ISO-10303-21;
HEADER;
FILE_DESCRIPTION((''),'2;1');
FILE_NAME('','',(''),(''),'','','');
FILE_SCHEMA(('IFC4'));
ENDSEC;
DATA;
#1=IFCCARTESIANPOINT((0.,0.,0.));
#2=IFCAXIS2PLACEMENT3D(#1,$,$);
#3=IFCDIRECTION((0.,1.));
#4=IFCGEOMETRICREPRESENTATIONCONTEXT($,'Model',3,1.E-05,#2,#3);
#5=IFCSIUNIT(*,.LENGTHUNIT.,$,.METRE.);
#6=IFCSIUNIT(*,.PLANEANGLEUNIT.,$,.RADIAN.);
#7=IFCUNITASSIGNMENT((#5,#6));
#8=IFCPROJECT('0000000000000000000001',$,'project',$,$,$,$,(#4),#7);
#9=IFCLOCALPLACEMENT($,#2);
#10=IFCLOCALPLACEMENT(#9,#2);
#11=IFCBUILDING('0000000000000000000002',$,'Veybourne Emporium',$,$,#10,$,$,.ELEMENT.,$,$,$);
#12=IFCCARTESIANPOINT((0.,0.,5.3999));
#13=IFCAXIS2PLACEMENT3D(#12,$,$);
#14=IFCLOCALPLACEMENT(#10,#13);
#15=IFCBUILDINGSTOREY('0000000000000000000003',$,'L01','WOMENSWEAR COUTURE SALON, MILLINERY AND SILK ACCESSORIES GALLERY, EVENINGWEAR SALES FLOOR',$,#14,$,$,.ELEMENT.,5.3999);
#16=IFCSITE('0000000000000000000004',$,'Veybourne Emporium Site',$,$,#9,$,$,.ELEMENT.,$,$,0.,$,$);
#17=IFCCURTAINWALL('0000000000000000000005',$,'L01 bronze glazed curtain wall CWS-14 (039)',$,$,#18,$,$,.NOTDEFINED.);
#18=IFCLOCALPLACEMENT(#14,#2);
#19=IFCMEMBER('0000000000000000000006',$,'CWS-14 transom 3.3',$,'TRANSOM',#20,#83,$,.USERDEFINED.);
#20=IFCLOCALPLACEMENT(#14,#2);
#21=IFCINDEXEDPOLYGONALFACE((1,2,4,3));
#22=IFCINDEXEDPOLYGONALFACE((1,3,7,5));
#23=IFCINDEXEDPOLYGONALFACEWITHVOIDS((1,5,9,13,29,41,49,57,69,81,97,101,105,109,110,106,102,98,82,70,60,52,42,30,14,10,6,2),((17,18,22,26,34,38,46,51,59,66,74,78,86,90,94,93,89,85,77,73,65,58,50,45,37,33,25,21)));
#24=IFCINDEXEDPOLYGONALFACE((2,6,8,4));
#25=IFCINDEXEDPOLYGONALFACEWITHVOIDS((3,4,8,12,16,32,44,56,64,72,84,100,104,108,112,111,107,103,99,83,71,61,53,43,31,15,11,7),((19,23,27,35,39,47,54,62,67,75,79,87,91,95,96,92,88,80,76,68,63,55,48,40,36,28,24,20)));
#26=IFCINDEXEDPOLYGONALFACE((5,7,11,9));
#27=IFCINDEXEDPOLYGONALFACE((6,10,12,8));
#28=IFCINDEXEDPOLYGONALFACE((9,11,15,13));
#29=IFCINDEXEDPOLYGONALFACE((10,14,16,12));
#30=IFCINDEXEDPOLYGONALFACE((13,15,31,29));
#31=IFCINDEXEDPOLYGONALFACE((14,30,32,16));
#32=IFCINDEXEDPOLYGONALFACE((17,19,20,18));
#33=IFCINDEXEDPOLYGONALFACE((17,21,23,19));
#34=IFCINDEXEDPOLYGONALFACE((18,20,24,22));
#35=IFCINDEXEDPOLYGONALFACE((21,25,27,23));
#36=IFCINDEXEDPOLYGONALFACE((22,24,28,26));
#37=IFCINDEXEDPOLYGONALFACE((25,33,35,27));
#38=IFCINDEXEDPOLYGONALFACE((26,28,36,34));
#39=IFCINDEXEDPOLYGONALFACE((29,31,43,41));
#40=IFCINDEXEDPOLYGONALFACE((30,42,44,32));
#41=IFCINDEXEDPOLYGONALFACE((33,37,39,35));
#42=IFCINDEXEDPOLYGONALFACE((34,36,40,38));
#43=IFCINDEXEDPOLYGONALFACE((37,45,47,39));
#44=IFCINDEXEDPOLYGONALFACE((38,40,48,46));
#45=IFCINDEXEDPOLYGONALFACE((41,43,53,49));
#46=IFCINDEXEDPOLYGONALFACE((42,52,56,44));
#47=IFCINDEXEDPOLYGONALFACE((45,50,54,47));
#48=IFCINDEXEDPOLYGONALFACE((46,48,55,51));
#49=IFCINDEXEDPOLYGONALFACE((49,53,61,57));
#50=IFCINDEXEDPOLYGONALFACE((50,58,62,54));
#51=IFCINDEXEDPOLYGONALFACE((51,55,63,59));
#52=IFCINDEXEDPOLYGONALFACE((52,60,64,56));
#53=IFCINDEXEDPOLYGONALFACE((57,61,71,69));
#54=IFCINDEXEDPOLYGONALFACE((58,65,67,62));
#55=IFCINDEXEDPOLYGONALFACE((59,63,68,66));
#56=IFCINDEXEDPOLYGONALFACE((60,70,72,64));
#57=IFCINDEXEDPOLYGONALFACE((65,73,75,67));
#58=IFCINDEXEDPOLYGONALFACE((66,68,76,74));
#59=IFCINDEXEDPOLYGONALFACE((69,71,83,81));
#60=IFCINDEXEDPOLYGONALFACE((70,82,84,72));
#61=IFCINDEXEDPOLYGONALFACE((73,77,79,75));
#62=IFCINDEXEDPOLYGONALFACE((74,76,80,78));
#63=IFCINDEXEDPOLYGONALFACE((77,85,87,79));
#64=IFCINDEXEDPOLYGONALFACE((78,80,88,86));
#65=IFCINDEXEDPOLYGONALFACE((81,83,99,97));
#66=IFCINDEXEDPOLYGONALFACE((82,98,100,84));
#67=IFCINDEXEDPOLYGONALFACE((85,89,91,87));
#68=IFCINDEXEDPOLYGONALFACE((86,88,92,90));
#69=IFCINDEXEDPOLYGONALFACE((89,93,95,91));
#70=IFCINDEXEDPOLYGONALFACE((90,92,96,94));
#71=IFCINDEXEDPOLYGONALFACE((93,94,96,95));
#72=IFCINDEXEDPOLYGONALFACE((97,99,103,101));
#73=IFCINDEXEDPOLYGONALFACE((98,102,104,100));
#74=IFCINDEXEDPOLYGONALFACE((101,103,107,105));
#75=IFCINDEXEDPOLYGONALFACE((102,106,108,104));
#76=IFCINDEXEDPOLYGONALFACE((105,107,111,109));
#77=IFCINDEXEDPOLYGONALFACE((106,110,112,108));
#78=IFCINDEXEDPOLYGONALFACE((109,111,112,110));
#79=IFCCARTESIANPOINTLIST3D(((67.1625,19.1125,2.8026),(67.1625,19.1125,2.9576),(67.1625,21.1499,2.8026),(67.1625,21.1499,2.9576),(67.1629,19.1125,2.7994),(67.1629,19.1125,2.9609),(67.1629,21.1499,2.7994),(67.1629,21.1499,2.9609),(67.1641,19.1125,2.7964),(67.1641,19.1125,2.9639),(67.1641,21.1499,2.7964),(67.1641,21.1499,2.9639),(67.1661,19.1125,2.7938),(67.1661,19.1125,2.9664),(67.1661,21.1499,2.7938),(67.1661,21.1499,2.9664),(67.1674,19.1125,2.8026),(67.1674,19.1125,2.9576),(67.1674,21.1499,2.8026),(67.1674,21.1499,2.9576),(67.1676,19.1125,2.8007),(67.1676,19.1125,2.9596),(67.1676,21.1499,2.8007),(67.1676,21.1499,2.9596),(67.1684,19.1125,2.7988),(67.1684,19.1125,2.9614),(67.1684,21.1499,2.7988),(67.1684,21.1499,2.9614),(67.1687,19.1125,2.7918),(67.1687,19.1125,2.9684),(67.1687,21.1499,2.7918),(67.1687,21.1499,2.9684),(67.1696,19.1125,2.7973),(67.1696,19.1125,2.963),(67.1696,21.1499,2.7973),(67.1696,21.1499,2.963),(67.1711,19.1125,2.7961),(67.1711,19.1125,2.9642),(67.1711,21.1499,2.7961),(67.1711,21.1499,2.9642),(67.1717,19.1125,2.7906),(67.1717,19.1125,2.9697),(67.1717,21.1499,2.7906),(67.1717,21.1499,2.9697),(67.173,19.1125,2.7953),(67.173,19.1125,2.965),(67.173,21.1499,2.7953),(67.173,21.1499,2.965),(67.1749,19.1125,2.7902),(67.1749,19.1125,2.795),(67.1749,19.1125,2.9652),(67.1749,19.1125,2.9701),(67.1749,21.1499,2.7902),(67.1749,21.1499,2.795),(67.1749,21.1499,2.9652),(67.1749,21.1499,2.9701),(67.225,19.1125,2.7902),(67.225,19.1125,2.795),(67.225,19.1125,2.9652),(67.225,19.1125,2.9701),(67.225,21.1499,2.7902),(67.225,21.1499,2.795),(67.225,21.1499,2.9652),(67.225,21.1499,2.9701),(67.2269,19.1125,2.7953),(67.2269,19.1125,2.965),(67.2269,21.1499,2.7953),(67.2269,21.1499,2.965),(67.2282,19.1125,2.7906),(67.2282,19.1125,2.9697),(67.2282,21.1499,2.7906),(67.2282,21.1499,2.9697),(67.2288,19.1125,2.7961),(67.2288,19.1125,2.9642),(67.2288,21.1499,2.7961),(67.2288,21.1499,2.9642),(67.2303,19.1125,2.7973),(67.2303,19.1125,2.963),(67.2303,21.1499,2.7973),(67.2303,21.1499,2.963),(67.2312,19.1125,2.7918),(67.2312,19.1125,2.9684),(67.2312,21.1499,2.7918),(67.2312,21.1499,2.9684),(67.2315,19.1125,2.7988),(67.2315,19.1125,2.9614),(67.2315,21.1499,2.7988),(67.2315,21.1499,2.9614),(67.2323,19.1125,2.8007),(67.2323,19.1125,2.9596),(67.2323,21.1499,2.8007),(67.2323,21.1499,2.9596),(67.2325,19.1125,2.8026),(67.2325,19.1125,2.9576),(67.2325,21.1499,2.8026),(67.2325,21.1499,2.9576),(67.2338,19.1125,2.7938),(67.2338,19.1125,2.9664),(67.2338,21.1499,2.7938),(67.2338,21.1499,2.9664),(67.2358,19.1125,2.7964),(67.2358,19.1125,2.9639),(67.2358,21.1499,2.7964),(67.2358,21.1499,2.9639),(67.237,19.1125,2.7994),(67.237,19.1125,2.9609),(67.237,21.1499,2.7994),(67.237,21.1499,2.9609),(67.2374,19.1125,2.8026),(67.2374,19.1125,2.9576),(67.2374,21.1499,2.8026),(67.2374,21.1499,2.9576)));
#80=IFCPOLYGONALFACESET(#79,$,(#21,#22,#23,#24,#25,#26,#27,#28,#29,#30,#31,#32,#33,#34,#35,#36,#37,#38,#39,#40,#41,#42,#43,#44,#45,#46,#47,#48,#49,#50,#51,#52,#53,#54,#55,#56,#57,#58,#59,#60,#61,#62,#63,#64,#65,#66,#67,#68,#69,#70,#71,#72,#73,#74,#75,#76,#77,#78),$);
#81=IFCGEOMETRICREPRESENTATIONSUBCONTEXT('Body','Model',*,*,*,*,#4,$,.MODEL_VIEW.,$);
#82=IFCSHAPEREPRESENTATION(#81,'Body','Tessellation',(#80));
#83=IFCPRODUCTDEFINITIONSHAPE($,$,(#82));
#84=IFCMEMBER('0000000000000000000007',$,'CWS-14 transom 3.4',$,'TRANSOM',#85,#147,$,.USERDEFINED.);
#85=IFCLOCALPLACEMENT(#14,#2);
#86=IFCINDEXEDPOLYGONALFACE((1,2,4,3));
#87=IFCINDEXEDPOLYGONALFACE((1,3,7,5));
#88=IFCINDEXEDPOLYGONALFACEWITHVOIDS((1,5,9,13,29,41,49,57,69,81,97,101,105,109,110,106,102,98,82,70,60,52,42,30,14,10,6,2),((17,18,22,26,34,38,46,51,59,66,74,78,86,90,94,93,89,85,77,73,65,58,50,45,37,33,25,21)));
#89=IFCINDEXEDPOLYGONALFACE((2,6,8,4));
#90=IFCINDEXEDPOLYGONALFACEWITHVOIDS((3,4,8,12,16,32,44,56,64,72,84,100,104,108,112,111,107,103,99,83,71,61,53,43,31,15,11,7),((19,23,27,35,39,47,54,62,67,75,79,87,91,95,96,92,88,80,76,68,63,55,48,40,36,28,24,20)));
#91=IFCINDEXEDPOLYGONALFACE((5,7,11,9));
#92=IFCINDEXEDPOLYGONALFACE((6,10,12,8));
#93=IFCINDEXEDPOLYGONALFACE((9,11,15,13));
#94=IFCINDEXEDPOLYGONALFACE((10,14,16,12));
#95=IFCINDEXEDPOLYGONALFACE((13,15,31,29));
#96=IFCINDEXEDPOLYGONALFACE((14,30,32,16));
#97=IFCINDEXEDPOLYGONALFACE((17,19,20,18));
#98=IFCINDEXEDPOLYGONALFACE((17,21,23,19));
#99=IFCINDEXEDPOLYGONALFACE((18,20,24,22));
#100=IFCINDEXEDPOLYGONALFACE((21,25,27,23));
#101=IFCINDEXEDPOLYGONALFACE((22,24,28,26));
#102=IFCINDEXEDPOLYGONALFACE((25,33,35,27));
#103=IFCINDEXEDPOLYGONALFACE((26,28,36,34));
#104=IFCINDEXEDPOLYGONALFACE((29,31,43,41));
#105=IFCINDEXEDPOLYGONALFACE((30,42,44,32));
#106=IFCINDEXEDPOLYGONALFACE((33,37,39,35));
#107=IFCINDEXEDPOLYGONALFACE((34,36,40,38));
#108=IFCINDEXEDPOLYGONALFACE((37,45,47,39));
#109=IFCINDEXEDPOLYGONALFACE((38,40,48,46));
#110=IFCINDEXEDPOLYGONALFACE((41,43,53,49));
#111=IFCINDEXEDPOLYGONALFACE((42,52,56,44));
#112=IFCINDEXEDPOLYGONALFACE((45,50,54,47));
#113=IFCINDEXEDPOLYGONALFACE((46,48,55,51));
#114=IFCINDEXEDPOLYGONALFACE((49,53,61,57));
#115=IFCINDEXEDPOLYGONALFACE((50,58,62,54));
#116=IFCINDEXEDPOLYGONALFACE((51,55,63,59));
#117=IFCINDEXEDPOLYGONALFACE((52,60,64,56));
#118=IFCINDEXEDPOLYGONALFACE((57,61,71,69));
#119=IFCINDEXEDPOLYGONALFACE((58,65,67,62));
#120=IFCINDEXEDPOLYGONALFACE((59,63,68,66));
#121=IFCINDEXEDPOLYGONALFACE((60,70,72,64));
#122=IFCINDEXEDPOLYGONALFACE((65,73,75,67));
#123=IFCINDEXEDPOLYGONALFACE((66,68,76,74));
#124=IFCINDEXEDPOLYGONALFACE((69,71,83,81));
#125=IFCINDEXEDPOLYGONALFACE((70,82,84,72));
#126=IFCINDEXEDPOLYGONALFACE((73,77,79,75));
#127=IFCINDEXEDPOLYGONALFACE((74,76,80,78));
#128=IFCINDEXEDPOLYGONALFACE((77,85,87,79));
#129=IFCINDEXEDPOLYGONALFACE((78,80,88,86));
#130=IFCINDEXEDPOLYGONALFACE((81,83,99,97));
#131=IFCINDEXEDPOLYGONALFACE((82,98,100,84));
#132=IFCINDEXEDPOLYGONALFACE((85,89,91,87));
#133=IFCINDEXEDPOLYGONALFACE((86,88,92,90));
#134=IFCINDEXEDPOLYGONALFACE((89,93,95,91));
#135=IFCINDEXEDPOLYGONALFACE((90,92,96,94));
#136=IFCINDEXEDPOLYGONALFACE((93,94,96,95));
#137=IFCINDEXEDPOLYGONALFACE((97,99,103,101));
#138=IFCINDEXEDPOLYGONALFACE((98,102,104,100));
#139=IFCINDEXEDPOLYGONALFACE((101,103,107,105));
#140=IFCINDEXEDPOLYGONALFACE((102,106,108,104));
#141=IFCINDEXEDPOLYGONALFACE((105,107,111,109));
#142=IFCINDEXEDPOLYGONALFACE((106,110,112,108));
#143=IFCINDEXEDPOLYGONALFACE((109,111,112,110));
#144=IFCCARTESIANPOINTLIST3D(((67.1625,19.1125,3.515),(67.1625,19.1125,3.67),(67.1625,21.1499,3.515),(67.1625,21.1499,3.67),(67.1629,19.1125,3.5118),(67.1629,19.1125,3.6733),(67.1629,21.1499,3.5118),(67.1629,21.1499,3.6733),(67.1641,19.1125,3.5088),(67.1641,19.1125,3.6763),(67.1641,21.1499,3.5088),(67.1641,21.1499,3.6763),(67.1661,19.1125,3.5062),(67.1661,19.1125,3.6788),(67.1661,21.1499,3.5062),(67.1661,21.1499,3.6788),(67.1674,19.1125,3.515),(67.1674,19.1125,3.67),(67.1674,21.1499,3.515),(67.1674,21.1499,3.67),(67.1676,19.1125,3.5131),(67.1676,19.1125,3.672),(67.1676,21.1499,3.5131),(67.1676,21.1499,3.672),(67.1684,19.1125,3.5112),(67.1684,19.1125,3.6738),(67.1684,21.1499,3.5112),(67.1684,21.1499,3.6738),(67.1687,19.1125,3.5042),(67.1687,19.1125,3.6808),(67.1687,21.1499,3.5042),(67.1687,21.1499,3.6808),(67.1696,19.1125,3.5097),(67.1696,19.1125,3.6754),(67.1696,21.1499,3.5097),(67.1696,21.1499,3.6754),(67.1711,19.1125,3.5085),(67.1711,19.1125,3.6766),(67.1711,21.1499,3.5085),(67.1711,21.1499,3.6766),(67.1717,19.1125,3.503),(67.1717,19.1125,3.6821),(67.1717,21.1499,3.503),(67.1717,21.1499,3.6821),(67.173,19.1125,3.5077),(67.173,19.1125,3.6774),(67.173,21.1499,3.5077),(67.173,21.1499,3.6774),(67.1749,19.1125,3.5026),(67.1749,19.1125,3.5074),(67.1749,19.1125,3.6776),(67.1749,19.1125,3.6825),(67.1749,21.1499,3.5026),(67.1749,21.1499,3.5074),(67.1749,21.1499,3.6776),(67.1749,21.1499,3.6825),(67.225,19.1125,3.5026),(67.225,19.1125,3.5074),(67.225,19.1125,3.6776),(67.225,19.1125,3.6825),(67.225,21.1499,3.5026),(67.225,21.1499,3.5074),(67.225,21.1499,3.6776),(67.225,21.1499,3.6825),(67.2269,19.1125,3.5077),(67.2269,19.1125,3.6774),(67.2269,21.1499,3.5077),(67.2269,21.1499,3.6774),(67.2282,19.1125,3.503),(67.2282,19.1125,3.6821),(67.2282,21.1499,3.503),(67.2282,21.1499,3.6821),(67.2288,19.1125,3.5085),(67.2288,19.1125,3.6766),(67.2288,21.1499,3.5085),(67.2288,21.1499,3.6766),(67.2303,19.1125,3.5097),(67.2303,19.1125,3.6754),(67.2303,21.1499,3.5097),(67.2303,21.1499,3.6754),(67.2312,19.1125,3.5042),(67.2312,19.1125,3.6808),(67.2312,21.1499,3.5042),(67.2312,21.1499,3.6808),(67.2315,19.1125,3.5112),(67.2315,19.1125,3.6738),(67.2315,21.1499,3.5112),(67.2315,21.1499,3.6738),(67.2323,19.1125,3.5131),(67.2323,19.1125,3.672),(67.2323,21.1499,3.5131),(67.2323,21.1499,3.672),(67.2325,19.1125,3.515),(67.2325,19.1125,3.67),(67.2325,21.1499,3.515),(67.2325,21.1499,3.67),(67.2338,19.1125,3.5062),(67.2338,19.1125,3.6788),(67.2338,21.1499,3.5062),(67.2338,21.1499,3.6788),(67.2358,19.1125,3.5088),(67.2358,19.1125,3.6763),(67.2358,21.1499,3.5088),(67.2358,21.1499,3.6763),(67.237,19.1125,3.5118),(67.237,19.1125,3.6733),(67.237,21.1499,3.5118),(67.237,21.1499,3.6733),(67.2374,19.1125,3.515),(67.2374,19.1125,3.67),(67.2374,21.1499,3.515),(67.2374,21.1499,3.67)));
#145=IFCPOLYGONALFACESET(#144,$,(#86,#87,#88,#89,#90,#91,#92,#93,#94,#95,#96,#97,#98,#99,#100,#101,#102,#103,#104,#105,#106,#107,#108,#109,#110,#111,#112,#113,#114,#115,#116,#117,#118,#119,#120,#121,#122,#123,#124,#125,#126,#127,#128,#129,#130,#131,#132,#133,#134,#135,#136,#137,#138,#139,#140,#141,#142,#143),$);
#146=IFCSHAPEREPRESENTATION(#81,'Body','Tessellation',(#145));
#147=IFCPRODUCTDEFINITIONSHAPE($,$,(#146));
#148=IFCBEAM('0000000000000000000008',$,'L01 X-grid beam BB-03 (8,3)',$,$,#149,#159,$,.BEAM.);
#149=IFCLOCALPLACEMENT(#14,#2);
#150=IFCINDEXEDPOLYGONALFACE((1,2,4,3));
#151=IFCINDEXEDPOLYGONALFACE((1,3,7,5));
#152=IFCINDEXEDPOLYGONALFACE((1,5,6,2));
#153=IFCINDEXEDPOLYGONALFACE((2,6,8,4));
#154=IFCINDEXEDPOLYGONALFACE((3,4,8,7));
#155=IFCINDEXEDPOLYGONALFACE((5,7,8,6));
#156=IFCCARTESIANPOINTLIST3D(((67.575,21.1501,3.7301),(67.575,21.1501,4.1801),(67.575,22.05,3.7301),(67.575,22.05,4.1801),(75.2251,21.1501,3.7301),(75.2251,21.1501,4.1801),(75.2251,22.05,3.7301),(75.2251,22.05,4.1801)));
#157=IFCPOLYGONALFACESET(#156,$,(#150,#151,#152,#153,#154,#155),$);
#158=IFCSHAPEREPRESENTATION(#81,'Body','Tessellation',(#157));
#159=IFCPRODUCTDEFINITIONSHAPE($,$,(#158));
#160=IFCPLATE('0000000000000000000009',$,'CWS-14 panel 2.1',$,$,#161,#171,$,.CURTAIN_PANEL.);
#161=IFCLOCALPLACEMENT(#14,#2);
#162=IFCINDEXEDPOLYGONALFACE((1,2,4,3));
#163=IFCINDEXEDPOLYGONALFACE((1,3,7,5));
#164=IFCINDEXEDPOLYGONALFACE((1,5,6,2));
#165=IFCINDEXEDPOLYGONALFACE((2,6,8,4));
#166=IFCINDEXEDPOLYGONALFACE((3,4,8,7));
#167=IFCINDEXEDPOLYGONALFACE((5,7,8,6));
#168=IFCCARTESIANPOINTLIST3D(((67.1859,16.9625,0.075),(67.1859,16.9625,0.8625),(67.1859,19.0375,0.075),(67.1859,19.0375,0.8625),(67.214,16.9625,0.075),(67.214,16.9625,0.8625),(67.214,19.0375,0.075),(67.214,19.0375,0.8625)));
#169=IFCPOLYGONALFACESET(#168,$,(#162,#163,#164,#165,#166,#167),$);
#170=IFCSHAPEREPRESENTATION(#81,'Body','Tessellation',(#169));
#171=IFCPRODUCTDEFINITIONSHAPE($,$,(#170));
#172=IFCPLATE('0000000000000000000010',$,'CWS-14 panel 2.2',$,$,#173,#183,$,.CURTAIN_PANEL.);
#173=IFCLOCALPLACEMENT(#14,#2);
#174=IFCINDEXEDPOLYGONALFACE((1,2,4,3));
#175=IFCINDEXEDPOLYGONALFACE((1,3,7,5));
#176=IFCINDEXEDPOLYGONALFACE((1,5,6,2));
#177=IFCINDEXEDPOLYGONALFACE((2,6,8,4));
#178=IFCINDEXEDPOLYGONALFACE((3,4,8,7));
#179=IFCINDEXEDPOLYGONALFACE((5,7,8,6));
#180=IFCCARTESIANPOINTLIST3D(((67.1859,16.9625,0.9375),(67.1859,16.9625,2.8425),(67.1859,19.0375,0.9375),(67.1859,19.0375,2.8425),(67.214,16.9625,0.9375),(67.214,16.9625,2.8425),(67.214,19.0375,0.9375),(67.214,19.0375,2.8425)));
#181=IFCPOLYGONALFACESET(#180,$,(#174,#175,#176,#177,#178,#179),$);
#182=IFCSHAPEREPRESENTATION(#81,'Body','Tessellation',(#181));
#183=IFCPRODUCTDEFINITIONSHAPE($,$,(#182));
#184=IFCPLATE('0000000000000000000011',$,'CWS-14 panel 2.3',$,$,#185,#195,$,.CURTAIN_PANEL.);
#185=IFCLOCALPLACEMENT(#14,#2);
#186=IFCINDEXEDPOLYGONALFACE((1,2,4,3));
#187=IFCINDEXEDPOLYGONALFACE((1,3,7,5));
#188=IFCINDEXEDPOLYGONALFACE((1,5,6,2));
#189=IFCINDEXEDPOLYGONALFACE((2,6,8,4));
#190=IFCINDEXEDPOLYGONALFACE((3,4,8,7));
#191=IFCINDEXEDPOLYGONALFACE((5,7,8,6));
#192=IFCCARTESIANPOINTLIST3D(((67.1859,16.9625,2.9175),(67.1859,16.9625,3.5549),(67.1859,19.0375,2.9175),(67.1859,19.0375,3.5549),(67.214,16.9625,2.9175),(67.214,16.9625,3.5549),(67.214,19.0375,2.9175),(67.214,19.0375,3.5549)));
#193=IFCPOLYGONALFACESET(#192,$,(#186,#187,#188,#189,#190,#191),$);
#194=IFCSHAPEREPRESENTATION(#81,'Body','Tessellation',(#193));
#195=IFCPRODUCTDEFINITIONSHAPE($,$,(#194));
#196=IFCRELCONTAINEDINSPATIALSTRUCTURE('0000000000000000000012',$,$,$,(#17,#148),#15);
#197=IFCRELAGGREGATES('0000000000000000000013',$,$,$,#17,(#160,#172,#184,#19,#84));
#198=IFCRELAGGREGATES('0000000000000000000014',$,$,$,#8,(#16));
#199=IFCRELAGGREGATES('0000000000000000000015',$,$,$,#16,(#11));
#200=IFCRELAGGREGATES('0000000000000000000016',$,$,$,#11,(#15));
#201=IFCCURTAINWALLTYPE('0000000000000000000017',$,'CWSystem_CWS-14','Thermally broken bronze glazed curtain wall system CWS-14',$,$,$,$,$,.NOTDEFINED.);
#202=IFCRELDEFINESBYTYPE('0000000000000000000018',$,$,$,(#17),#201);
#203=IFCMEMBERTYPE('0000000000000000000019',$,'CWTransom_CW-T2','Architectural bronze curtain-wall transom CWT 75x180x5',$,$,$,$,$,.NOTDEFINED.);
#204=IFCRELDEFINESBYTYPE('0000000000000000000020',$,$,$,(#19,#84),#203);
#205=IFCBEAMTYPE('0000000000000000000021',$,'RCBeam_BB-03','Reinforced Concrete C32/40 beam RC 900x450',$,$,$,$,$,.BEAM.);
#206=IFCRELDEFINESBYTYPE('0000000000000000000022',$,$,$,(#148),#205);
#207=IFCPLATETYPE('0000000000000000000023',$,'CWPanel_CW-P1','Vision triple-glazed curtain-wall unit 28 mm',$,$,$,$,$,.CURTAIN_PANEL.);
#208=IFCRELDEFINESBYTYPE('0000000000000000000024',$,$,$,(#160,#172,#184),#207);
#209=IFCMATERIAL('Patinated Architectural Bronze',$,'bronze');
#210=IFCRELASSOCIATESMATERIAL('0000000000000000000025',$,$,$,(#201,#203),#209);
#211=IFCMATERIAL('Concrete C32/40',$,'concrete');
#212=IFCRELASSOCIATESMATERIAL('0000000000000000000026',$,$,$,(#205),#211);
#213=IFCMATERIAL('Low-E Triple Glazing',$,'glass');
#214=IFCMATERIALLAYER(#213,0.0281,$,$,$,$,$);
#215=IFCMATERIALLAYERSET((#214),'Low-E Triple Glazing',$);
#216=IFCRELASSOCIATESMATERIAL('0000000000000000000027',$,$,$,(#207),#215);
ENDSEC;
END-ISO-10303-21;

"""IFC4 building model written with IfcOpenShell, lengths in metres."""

from ifc_helpers import new_model, si_unit, direction, frame, origin, origin_2d, place, context, subcontext, project, spatial, rectangle, hollow_rectangle, extrude, material, layer, layer_set, material_profile, profile_set, type_object, element, aggregate, save


model = new_model("IFC4")

# Units and contexts
model_context = context("Model", 3, precision=1e-05, world=origin(), true_north=direction((0.0, 1.0)))
body_context = subcontext(model_context, "Body", "Model", "MODEL_VIEW")
ifc_project = project(units=[si_unit("LENGTHUNIT", "METRE"), si_unit("PLANEANGLEUNIT", "RADIAN")], contexts=[model_context])

# Site, building, storey
site_placement = place(None, origin())
site = spatial("IfcSite", under=ifc_project, at=site_placement, Name="Veybourne Emporium Site", CompositionType="ELEMENT", RefElevation=0.0)
building_placement = place(site_placement, origin())
building = spatial("IfcBuilding", under=site, at=building_placement, Name="Veybourne Emporium", CompositionType="ELEMENT")
storey_placement = place(building_placement, frame((0.0, 0.0, 5.3999)))
storey = spatial("IfcBuildingStorey", under=building, at=storey_placement, Name="L01", Description="WOMENSWEAR COUTURE SALON, MILLINERY AND SILK ACCESSORIES GALLERY, EVENINGWEAR SALES FLOOR", CompositionType="ELEMENT", Elevation=5.3999)

# Curtain wall
ifc_material_1 = material(Name="Patinated Architectural Bronze", Category="bronze")
curtain_wall_type_1 = type_object("IfcCurtainWallType", Name="CWSystem_CWS-14", Description="Thermally broken bronze glazed curtain wall system CWS-14", PredefinedType="NOTDEFINED", material=ifc_material_1)
curtain_wall_1_placement = place(storey_placement, origin())
curtain_wall_1 = element("IfcCurtainWall", 1, at=curtain_wall_1_placement, inside=storey, type_object=curtain_wall_type_1, Name="L01 bronze glazed curtain wall CWS-14 (039)", PredefinedType="NOTDEFINED")

# Members
ifc_material_profile_1 = material_profile(ifc_material_1, hollow_rectangle(XDim=0.075, YDim=0.1799, WallThickness=0.0049, InnerFilletRadius=0.0076, OuterFilletRadius=0.0125, at=origin_2d()), Name="CWT 75x180x5")
ifc_profile_set_1 = profile_set([ifc_material_profile_1], Name="Patinated Architectural Bronze")
member_type_1 = type_object("IfcMemberType", Name="CWTransom_CW-T2", Description="Architectural bronze curtain-wall transom CWT 75x180x5", PredefinedType="NOTDEFINED", material=ifc_profile_set_1)
member_1_placement = place(storey_placement, frame((67.2, 19.1125, 2.8801), z_axis=(0.0, 1.0, 0.0), x_axis=(-1.0, 0.0, 0.0)))
member_1 = element("IfcMember", 2, at=member_1_placement, type_object=member_type_1, Name="CWS-14 transom 3.3", ObjectType="TRANSOM", PredefinedType="USERDEFINED", context=body_context, shape_type="SweptSolid", body=[
    extrude(hollow_rectangle(XDim=0.075, YDim=0.1799, WallThickness=0.0049, InnerFilletRadius=0.0076, OuterFilletRadius=0.0125, at=origin_2d()), origin(), (0.0, 0.0, 1.0), 2.0374),
])
member_2_placement = place(storey_placement, frame((67.2, 19.1125, 3.5925), z_axis=(0.0, 1.0, 0.0), x_axis=(-1.0, 0.0, 0.0)))
member_2 = element("IfcMember", 3, at=member_2_placement, type_object=member_type_1, Name="CWS-14 transom 3.4", ObjectType="TRANSOM", PredefinedType="USERDEFINED", context=body_context, shape_type="SweptSolid", body=[
    extrude(hollow_rectangle(XDim=0.075, YDim=0.1799, WallThickness=0.0049, InnerFilletRadius=0.0076, OuterFilletRadius=0.0125, at=origin_2d()), origin(), (0.0, 0.0, 1.0), 2.0374),
])

# Beam
ifc_material_2 = material(Name="Concrete C32/40", Category="concrete")
ifc_material_profile_2 = material_profile(ifc_material_2, rectangle(XDim=0.8999, YDim=0.45, at=origin_2d()), Name="RC 900x450")
ifc_profile_set_2 = profile_set([ifc_material_profile_2], Name="Concrete C32/40")
beam_type = type_object("IfcBeamType", Name="RCBeam_BB-03", Description="Reinforced Concrete C32/40 beam RC 900x450", PredefinedType="BEAM", material=ifc_profile_set_2)
beam_placement = place(storey_placement, frame((67.575, 21.6001, 3.9551), z_axis=(1.0, 0.0, 0.0), x_axis=(0.0, 1.0, 0.0)))
element("IfcBeam", 4, at=beam_placement, inside=storey, type_object=beam_type, Name="L01 X-grid beam BB-03 (8,3)", PredefinedType="BEAM", context=body_context, shape_type="SweptSolid", body=[
    extrude(rectangle(XDim=0.8999, YDim=0.45, at=origin_2d()), origin(), (0.0, 0.0, 1.0), 7.6501),
])

# Plates
ifc_material_3 = material(Name="Low-E Triple Glazing", Category="glass")
ifc_layer = layer(ifc_material_3, 0.0281)
ifc_layer_set = layer_set([ifc_layer], Name="Low-E Triple Glazing")
plate_type = type_object("IfcPlateType", Name="CWPanel_CW-P1", Description="Vision triple-glazed curtain-wall unit 28 mm", PredefinedType="CURTAIN_PANEL", material=ifc_layer_set)
plate_1_placement = place(storey_placement, frame((67.2, 18.0, 0.075), z_axis=(0.0, 0.0, 1.0), x_axis=(0.0, 1.0, 0.0)))
plate_1 = element("IfcPlate", 5, at=plate_1_placement, type_object=plate_type, Name="CWS-14 panel 2.1", PredefinedType="CURTAIN_PANEL", context=body_context, shape_type="SweptSolid", body=[
    extrude(rectangle(XDim=2.075, YDim=0.0281, at=origin_2d()), origin(), (0.0, 0.0, 1.0), 0.7876),
])
plate_2_placement = place(storey_placement, frame((67.2, 18.0, 0.9375), z_axis=(0.0, 0.0, 1.0), x_axis=(0.0, 1.0, 0.0)))
plate_2 = element("IfcPlate", 6, at=plate_2_placement, type_object=plate_type, Name="CWS-14 panel 2.2", PredefinedType="CURTAIN_PANEL", context=body_context, shape_type="SweptSolid", body=[
    extrude(rectangle(XDim=2.075, YDim=0.0281, at=origin_2d()), origin(), (0.0, 0.0, 1.0), 1.905),
])
plate_3_placement = place(storey_placement, frame((67.2, 18.0, 2.9175), z_axis=(0.0, 0.0, 1.0), x_axis=(0.0, 1.0, 0.0)))
plate_3 = element("IfcPlate", 7, at=plate_3_placement, type_object=plate_type, Name="CWS-14 panel 2.3", PredefinedType="CURTAIN_PANEL", context=body_context, shape_type="SweptSolid", body=[
    extrude(rectangle(XDim=2.075, YDim=0.0281, at=origin_2d()), origin(), (0.0, 0.0, 1.0), 0.6375),
])
aggregate(curtain_wall_1, [plate_1, plate_2, plate_3, member_1, member_2])

save(model, "model.ifc")
